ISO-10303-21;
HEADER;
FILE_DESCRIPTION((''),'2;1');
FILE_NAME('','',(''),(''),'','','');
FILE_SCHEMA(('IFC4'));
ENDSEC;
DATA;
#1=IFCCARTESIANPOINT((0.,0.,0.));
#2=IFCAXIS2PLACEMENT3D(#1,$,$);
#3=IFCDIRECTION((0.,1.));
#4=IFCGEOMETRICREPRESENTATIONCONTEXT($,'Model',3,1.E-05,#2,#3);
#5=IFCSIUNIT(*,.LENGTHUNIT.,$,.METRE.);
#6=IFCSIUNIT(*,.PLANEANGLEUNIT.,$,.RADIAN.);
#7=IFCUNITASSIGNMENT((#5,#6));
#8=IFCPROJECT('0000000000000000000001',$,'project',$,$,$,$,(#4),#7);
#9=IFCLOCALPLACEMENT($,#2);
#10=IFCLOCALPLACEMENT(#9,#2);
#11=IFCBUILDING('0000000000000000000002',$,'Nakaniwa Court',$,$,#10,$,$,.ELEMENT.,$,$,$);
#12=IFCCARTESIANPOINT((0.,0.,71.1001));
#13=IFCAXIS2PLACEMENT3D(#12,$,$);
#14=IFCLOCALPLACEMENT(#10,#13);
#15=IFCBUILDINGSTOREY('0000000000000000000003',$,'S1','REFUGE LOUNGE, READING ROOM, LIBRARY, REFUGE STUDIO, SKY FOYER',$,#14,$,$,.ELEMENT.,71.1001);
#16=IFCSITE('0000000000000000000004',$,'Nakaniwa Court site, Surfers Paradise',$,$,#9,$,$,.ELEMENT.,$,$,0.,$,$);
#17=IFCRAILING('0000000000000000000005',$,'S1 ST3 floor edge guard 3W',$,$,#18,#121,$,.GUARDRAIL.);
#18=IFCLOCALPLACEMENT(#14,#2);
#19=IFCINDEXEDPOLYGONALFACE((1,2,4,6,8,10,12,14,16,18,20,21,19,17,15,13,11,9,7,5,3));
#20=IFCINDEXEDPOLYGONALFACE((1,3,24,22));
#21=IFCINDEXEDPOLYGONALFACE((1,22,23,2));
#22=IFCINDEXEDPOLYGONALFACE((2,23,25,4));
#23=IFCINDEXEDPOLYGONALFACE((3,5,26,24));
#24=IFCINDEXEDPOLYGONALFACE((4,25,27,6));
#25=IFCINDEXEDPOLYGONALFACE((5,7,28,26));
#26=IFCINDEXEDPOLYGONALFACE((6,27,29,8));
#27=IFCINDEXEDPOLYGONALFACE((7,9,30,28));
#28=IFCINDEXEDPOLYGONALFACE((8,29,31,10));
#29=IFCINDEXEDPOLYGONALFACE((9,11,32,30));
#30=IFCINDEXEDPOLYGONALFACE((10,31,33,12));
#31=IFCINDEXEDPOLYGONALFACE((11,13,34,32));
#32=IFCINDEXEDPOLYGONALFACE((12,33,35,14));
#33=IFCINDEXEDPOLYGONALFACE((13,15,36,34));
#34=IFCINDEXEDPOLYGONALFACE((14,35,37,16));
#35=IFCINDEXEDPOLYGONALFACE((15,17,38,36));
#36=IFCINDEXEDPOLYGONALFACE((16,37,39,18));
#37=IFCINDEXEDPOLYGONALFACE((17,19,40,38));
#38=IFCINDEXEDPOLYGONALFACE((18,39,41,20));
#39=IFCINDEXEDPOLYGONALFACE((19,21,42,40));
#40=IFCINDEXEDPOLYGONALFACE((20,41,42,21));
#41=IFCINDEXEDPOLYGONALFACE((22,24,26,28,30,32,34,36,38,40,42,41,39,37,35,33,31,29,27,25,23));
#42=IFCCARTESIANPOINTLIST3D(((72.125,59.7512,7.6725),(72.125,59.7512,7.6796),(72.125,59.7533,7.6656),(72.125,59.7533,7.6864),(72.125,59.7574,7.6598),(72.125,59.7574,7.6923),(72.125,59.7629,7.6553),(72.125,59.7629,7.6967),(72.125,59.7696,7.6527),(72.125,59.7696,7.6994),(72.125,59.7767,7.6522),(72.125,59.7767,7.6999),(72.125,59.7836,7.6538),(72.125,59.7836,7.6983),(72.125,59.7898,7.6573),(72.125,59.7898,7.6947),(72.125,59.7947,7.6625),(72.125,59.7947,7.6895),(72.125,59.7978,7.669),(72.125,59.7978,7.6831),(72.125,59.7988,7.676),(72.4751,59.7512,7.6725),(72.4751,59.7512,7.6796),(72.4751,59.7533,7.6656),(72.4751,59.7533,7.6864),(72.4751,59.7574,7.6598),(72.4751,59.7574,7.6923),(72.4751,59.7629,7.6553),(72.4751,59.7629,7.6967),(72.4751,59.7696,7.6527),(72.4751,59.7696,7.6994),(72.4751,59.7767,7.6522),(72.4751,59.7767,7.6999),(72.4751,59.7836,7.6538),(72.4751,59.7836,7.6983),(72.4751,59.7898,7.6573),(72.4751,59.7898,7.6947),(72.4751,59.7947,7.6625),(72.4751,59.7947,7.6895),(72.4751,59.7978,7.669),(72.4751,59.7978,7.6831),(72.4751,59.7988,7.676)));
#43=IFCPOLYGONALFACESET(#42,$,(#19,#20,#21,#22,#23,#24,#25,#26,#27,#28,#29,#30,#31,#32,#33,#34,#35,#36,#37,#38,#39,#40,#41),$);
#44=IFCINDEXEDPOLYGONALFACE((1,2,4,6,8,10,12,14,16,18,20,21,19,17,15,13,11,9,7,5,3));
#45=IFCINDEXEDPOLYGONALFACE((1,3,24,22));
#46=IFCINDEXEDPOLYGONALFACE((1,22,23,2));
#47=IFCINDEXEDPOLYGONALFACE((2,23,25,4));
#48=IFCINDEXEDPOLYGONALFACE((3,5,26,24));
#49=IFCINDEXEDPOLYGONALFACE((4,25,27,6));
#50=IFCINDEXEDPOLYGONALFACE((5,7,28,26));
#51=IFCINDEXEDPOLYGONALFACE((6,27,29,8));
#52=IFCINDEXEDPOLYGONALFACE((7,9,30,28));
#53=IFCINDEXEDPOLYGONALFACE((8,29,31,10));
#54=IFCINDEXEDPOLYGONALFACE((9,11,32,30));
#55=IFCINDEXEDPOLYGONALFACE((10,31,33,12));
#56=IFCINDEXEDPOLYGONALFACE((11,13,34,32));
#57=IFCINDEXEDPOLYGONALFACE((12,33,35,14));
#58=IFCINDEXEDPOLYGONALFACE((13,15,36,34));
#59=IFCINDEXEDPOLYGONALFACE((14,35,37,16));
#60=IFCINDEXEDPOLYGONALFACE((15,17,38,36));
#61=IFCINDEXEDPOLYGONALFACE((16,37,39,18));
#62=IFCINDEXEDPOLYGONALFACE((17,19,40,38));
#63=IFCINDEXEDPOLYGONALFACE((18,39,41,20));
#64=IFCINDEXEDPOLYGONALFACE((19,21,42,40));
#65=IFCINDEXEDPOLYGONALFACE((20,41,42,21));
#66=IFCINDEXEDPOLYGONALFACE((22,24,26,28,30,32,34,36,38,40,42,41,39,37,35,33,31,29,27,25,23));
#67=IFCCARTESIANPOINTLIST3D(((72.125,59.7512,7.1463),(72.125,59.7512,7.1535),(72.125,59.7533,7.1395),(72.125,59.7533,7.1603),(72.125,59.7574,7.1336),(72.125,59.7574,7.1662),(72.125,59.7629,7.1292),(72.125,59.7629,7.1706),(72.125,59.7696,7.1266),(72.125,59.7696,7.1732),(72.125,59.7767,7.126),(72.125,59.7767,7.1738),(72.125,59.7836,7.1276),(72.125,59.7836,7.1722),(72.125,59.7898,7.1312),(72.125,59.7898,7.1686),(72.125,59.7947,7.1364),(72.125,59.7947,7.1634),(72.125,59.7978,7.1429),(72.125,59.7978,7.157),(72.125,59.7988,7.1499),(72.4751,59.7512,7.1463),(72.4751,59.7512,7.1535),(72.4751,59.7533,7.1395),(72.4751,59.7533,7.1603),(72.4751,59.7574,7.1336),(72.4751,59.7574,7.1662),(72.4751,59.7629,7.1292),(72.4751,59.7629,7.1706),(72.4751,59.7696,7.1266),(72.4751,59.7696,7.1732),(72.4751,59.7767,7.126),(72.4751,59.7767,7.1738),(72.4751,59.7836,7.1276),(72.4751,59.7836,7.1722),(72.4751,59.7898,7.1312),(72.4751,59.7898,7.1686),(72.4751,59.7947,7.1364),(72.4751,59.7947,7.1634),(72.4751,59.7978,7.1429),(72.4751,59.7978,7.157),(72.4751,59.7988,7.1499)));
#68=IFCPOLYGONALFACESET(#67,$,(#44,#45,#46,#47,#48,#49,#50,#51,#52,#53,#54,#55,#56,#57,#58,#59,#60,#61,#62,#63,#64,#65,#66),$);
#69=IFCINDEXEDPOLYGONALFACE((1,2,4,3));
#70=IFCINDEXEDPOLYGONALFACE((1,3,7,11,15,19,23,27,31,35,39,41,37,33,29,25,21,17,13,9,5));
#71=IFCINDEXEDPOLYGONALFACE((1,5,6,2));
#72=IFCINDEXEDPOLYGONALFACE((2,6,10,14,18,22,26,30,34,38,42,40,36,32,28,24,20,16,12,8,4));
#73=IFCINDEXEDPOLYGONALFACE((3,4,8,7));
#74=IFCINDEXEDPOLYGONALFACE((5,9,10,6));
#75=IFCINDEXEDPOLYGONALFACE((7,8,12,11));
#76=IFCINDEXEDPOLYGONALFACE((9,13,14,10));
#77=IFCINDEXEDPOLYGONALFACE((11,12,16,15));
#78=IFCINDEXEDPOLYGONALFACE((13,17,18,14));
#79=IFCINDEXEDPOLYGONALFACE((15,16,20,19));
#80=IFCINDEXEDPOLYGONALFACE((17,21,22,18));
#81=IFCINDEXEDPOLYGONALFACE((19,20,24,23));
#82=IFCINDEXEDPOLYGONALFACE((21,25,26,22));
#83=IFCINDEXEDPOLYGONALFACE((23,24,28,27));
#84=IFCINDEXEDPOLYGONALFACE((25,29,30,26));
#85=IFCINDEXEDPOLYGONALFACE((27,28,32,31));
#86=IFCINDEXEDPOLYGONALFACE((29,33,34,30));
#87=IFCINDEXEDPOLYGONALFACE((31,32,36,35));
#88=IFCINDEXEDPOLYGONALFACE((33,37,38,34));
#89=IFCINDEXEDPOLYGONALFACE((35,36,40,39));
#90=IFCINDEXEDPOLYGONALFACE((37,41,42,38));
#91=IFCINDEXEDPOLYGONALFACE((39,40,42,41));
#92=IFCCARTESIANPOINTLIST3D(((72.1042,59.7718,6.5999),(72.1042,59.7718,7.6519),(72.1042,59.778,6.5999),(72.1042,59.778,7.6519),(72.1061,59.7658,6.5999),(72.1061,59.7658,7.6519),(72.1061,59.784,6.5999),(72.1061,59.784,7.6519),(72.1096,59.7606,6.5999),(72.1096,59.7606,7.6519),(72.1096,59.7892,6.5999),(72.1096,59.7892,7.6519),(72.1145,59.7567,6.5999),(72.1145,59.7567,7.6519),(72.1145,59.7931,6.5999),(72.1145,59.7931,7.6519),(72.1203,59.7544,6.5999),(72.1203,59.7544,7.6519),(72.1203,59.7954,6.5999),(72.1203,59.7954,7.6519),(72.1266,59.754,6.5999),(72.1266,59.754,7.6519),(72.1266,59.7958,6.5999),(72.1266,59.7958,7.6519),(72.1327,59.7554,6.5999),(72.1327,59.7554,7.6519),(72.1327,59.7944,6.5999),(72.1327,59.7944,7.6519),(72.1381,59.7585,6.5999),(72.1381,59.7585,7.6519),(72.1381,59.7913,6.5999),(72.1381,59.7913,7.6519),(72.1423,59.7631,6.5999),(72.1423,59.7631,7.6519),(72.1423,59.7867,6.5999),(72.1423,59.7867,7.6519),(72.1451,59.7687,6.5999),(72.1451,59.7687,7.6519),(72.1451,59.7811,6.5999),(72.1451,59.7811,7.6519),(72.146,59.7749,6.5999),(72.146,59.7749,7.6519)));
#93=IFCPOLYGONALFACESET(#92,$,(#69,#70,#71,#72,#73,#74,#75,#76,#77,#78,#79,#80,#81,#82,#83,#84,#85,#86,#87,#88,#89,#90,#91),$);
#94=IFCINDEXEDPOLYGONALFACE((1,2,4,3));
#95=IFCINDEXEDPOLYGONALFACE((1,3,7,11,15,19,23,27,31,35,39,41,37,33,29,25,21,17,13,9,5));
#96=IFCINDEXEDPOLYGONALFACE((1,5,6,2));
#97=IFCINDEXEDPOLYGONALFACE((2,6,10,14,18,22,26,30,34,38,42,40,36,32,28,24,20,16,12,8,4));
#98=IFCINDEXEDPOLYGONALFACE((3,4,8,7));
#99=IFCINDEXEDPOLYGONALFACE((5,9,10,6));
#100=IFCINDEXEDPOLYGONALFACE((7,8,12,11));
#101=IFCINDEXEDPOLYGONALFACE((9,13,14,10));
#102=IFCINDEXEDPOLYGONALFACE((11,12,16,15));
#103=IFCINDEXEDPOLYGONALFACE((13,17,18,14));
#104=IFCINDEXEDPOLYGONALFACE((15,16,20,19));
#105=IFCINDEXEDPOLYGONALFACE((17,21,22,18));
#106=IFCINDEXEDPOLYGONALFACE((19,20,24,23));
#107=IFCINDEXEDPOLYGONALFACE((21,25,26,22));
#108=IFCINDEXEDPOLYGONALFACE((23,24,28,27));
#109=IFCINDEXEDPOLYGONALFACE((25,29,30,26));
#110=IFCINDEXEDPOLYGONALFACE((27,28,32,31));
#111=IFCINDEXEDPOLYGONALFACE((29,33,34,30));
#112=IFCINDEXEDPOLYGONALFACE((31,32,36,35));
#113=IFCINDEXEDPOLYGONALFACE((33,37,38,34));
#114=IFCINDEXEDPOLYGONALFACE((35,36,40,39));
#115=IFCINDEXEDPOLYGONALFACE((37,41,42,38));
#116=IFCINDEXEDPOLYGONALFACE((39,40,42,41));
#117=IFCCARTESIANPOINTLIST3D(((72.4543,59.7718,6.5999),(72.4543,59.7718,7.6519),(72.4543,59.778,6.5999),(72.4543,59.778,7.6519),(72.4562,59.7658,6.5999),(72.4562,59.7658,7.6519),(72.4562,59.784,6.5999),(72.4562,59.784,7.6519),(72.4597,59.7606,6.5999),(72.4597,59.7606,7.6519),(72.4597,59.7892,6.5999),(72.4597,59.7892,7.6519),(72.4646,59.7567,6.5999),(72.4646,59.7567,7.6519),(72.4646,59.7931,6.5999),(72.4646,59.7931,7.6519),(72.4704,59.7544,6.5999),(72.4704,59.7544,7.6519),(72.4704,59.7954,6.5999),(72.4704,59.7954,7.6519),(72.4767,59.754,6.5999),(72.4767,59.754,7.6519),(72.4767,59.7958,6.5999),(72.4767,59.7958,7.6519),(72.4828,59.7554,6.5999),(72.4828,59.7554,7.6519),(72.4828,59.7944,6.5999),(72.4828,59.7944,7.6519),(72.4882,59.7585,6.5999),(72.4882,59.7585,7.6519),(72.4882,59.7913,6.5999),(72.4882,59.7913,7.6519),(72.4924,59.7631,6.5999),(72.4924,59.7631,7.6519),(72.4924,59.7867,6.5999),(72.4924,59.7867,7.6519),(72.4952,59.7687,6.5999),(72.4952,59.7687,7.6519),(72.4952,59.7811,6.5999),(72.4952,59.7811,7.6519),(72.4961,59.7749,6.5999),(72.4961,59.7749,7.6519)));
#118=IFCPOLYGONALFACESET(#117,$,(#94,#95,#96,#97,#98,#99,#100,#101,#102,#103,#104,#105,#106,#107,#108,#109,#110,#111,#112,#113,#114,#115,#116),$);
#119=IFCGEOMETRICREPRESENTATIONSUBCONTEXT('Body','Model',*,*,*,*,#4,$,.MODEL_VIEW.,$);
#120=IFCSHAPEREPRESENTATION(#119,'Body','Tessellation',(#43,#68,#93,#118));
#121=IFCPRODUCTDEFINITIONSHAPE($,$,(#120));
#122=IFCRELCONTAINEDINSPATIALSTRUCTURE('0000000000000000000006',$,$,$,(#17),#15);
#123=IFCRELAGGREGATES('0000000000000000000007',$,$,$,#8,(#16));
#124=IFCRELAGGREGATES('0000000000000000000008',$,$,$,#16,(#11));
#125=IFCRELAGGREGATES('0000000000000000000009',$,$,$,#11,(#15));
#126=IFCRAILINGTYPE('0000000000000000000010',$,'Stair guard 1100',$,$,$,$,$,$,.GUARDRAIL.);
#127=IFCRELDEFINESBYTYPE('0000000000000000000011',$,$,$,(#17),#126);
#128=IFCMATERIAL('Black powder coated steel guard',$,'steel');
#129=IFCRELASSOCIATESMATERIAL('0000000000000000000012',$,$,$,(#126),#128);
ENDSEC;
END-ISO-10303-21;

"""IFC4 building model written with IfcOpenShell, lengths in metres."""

from ifc_helpers import new_model, si_unit, direction, frame, origin, origin_2d, place, context, subcontext, project, spatial, circle, extrude, material, type_object, element, save


model = new_model("IFC4")

# Units and contexts
model_context = context("Model", 3, precision=1e-05, world=origin(), true_north=direction((0.0, 1.0)))
body_context = subcontext(model_context, "Body", "Model", "MODEL_VIEW")
ifc_project = project(units=[si_unit("LENGTHUNIT", "METRE"), si_unit("PLANEANGLEUNIT", "RADIAN")], contexts=[model_context])

# Site, building, storey
site_placement = place(None, origin())
site = spatial("IfcSite", under=ifc_project, at=site_placement, Name="Nakaniwa Court site, Surfers Paradise", CompositionType="ELEMENT", RefElevation=0.0)
building_placement = place(site_placement, origin())
building = spatial("IfcBuilding", under=site, at=building_placement, Name="Nakaniwa Court", CompositionType="ELEMENT")
storey_placement = place(building_placement, frame((0.0, 0.0, 71.1001)))
storey = spatial("IfcBuildingStorey", under=building, at=storey_placement, Name="S1", Description="REFUGE LOUNGE, READING ROOM, LIBRARY, REFUGE STUDIO, SKY FOYER", CompositionType="ELEMENT", Elevation=71.1001)

# Railing
ifc_material_1 = material(Name="Black powder coated steel guard", Category="steel")
railing_type_1 = type_object("IfcRailingType", Name="Stair guard 1100", PredefinedType="GUARDRAIL", material=ifc_material_1)
for number, where, name in (
    (1, (72.125, 59.7749, 6.5999), "S1 ST3 floor edge guard 3W"),
):
    element("IfcRailing", number, at=place(storey_placement, frame(where)), inside=storey, type_object=railing_type_1, Name=name, PredefinedType="GUARDRAIL", context=body_context, shape_type="SweptSolid", body=[
        extrude(circle(Radius=0.0239, at=origin_2d()), frame((0.0, 0.0, 1.0762), z_axis=(1.0, 0.0, 0.0), x_axis=(0.0, 1.0, 0.0)), (0.0, 0.0, 1.0), 0.3501),
        extrude(circle(Radius=0.0239, at=origin_2d()), frame((0.0, 0.0, 0.55), z_axis=(1.0, 0.0, 0.0), x_axis=(0.0, 1.0, 0.0)), (0.0, 0.0, 1.0), 0.3501),
        extrude(circle(Radius=0.021, at=origin_2d()), origin(), (0.0, 0.0, 1.0), 1.052),
        extrude(circle(Radius=0.021, at=origin_2d()), frame((0.3501, 0.0, 0.0)), (0.0, 0.0, 1.0), 1.052),
    ])

save(model, "model.ifc")
